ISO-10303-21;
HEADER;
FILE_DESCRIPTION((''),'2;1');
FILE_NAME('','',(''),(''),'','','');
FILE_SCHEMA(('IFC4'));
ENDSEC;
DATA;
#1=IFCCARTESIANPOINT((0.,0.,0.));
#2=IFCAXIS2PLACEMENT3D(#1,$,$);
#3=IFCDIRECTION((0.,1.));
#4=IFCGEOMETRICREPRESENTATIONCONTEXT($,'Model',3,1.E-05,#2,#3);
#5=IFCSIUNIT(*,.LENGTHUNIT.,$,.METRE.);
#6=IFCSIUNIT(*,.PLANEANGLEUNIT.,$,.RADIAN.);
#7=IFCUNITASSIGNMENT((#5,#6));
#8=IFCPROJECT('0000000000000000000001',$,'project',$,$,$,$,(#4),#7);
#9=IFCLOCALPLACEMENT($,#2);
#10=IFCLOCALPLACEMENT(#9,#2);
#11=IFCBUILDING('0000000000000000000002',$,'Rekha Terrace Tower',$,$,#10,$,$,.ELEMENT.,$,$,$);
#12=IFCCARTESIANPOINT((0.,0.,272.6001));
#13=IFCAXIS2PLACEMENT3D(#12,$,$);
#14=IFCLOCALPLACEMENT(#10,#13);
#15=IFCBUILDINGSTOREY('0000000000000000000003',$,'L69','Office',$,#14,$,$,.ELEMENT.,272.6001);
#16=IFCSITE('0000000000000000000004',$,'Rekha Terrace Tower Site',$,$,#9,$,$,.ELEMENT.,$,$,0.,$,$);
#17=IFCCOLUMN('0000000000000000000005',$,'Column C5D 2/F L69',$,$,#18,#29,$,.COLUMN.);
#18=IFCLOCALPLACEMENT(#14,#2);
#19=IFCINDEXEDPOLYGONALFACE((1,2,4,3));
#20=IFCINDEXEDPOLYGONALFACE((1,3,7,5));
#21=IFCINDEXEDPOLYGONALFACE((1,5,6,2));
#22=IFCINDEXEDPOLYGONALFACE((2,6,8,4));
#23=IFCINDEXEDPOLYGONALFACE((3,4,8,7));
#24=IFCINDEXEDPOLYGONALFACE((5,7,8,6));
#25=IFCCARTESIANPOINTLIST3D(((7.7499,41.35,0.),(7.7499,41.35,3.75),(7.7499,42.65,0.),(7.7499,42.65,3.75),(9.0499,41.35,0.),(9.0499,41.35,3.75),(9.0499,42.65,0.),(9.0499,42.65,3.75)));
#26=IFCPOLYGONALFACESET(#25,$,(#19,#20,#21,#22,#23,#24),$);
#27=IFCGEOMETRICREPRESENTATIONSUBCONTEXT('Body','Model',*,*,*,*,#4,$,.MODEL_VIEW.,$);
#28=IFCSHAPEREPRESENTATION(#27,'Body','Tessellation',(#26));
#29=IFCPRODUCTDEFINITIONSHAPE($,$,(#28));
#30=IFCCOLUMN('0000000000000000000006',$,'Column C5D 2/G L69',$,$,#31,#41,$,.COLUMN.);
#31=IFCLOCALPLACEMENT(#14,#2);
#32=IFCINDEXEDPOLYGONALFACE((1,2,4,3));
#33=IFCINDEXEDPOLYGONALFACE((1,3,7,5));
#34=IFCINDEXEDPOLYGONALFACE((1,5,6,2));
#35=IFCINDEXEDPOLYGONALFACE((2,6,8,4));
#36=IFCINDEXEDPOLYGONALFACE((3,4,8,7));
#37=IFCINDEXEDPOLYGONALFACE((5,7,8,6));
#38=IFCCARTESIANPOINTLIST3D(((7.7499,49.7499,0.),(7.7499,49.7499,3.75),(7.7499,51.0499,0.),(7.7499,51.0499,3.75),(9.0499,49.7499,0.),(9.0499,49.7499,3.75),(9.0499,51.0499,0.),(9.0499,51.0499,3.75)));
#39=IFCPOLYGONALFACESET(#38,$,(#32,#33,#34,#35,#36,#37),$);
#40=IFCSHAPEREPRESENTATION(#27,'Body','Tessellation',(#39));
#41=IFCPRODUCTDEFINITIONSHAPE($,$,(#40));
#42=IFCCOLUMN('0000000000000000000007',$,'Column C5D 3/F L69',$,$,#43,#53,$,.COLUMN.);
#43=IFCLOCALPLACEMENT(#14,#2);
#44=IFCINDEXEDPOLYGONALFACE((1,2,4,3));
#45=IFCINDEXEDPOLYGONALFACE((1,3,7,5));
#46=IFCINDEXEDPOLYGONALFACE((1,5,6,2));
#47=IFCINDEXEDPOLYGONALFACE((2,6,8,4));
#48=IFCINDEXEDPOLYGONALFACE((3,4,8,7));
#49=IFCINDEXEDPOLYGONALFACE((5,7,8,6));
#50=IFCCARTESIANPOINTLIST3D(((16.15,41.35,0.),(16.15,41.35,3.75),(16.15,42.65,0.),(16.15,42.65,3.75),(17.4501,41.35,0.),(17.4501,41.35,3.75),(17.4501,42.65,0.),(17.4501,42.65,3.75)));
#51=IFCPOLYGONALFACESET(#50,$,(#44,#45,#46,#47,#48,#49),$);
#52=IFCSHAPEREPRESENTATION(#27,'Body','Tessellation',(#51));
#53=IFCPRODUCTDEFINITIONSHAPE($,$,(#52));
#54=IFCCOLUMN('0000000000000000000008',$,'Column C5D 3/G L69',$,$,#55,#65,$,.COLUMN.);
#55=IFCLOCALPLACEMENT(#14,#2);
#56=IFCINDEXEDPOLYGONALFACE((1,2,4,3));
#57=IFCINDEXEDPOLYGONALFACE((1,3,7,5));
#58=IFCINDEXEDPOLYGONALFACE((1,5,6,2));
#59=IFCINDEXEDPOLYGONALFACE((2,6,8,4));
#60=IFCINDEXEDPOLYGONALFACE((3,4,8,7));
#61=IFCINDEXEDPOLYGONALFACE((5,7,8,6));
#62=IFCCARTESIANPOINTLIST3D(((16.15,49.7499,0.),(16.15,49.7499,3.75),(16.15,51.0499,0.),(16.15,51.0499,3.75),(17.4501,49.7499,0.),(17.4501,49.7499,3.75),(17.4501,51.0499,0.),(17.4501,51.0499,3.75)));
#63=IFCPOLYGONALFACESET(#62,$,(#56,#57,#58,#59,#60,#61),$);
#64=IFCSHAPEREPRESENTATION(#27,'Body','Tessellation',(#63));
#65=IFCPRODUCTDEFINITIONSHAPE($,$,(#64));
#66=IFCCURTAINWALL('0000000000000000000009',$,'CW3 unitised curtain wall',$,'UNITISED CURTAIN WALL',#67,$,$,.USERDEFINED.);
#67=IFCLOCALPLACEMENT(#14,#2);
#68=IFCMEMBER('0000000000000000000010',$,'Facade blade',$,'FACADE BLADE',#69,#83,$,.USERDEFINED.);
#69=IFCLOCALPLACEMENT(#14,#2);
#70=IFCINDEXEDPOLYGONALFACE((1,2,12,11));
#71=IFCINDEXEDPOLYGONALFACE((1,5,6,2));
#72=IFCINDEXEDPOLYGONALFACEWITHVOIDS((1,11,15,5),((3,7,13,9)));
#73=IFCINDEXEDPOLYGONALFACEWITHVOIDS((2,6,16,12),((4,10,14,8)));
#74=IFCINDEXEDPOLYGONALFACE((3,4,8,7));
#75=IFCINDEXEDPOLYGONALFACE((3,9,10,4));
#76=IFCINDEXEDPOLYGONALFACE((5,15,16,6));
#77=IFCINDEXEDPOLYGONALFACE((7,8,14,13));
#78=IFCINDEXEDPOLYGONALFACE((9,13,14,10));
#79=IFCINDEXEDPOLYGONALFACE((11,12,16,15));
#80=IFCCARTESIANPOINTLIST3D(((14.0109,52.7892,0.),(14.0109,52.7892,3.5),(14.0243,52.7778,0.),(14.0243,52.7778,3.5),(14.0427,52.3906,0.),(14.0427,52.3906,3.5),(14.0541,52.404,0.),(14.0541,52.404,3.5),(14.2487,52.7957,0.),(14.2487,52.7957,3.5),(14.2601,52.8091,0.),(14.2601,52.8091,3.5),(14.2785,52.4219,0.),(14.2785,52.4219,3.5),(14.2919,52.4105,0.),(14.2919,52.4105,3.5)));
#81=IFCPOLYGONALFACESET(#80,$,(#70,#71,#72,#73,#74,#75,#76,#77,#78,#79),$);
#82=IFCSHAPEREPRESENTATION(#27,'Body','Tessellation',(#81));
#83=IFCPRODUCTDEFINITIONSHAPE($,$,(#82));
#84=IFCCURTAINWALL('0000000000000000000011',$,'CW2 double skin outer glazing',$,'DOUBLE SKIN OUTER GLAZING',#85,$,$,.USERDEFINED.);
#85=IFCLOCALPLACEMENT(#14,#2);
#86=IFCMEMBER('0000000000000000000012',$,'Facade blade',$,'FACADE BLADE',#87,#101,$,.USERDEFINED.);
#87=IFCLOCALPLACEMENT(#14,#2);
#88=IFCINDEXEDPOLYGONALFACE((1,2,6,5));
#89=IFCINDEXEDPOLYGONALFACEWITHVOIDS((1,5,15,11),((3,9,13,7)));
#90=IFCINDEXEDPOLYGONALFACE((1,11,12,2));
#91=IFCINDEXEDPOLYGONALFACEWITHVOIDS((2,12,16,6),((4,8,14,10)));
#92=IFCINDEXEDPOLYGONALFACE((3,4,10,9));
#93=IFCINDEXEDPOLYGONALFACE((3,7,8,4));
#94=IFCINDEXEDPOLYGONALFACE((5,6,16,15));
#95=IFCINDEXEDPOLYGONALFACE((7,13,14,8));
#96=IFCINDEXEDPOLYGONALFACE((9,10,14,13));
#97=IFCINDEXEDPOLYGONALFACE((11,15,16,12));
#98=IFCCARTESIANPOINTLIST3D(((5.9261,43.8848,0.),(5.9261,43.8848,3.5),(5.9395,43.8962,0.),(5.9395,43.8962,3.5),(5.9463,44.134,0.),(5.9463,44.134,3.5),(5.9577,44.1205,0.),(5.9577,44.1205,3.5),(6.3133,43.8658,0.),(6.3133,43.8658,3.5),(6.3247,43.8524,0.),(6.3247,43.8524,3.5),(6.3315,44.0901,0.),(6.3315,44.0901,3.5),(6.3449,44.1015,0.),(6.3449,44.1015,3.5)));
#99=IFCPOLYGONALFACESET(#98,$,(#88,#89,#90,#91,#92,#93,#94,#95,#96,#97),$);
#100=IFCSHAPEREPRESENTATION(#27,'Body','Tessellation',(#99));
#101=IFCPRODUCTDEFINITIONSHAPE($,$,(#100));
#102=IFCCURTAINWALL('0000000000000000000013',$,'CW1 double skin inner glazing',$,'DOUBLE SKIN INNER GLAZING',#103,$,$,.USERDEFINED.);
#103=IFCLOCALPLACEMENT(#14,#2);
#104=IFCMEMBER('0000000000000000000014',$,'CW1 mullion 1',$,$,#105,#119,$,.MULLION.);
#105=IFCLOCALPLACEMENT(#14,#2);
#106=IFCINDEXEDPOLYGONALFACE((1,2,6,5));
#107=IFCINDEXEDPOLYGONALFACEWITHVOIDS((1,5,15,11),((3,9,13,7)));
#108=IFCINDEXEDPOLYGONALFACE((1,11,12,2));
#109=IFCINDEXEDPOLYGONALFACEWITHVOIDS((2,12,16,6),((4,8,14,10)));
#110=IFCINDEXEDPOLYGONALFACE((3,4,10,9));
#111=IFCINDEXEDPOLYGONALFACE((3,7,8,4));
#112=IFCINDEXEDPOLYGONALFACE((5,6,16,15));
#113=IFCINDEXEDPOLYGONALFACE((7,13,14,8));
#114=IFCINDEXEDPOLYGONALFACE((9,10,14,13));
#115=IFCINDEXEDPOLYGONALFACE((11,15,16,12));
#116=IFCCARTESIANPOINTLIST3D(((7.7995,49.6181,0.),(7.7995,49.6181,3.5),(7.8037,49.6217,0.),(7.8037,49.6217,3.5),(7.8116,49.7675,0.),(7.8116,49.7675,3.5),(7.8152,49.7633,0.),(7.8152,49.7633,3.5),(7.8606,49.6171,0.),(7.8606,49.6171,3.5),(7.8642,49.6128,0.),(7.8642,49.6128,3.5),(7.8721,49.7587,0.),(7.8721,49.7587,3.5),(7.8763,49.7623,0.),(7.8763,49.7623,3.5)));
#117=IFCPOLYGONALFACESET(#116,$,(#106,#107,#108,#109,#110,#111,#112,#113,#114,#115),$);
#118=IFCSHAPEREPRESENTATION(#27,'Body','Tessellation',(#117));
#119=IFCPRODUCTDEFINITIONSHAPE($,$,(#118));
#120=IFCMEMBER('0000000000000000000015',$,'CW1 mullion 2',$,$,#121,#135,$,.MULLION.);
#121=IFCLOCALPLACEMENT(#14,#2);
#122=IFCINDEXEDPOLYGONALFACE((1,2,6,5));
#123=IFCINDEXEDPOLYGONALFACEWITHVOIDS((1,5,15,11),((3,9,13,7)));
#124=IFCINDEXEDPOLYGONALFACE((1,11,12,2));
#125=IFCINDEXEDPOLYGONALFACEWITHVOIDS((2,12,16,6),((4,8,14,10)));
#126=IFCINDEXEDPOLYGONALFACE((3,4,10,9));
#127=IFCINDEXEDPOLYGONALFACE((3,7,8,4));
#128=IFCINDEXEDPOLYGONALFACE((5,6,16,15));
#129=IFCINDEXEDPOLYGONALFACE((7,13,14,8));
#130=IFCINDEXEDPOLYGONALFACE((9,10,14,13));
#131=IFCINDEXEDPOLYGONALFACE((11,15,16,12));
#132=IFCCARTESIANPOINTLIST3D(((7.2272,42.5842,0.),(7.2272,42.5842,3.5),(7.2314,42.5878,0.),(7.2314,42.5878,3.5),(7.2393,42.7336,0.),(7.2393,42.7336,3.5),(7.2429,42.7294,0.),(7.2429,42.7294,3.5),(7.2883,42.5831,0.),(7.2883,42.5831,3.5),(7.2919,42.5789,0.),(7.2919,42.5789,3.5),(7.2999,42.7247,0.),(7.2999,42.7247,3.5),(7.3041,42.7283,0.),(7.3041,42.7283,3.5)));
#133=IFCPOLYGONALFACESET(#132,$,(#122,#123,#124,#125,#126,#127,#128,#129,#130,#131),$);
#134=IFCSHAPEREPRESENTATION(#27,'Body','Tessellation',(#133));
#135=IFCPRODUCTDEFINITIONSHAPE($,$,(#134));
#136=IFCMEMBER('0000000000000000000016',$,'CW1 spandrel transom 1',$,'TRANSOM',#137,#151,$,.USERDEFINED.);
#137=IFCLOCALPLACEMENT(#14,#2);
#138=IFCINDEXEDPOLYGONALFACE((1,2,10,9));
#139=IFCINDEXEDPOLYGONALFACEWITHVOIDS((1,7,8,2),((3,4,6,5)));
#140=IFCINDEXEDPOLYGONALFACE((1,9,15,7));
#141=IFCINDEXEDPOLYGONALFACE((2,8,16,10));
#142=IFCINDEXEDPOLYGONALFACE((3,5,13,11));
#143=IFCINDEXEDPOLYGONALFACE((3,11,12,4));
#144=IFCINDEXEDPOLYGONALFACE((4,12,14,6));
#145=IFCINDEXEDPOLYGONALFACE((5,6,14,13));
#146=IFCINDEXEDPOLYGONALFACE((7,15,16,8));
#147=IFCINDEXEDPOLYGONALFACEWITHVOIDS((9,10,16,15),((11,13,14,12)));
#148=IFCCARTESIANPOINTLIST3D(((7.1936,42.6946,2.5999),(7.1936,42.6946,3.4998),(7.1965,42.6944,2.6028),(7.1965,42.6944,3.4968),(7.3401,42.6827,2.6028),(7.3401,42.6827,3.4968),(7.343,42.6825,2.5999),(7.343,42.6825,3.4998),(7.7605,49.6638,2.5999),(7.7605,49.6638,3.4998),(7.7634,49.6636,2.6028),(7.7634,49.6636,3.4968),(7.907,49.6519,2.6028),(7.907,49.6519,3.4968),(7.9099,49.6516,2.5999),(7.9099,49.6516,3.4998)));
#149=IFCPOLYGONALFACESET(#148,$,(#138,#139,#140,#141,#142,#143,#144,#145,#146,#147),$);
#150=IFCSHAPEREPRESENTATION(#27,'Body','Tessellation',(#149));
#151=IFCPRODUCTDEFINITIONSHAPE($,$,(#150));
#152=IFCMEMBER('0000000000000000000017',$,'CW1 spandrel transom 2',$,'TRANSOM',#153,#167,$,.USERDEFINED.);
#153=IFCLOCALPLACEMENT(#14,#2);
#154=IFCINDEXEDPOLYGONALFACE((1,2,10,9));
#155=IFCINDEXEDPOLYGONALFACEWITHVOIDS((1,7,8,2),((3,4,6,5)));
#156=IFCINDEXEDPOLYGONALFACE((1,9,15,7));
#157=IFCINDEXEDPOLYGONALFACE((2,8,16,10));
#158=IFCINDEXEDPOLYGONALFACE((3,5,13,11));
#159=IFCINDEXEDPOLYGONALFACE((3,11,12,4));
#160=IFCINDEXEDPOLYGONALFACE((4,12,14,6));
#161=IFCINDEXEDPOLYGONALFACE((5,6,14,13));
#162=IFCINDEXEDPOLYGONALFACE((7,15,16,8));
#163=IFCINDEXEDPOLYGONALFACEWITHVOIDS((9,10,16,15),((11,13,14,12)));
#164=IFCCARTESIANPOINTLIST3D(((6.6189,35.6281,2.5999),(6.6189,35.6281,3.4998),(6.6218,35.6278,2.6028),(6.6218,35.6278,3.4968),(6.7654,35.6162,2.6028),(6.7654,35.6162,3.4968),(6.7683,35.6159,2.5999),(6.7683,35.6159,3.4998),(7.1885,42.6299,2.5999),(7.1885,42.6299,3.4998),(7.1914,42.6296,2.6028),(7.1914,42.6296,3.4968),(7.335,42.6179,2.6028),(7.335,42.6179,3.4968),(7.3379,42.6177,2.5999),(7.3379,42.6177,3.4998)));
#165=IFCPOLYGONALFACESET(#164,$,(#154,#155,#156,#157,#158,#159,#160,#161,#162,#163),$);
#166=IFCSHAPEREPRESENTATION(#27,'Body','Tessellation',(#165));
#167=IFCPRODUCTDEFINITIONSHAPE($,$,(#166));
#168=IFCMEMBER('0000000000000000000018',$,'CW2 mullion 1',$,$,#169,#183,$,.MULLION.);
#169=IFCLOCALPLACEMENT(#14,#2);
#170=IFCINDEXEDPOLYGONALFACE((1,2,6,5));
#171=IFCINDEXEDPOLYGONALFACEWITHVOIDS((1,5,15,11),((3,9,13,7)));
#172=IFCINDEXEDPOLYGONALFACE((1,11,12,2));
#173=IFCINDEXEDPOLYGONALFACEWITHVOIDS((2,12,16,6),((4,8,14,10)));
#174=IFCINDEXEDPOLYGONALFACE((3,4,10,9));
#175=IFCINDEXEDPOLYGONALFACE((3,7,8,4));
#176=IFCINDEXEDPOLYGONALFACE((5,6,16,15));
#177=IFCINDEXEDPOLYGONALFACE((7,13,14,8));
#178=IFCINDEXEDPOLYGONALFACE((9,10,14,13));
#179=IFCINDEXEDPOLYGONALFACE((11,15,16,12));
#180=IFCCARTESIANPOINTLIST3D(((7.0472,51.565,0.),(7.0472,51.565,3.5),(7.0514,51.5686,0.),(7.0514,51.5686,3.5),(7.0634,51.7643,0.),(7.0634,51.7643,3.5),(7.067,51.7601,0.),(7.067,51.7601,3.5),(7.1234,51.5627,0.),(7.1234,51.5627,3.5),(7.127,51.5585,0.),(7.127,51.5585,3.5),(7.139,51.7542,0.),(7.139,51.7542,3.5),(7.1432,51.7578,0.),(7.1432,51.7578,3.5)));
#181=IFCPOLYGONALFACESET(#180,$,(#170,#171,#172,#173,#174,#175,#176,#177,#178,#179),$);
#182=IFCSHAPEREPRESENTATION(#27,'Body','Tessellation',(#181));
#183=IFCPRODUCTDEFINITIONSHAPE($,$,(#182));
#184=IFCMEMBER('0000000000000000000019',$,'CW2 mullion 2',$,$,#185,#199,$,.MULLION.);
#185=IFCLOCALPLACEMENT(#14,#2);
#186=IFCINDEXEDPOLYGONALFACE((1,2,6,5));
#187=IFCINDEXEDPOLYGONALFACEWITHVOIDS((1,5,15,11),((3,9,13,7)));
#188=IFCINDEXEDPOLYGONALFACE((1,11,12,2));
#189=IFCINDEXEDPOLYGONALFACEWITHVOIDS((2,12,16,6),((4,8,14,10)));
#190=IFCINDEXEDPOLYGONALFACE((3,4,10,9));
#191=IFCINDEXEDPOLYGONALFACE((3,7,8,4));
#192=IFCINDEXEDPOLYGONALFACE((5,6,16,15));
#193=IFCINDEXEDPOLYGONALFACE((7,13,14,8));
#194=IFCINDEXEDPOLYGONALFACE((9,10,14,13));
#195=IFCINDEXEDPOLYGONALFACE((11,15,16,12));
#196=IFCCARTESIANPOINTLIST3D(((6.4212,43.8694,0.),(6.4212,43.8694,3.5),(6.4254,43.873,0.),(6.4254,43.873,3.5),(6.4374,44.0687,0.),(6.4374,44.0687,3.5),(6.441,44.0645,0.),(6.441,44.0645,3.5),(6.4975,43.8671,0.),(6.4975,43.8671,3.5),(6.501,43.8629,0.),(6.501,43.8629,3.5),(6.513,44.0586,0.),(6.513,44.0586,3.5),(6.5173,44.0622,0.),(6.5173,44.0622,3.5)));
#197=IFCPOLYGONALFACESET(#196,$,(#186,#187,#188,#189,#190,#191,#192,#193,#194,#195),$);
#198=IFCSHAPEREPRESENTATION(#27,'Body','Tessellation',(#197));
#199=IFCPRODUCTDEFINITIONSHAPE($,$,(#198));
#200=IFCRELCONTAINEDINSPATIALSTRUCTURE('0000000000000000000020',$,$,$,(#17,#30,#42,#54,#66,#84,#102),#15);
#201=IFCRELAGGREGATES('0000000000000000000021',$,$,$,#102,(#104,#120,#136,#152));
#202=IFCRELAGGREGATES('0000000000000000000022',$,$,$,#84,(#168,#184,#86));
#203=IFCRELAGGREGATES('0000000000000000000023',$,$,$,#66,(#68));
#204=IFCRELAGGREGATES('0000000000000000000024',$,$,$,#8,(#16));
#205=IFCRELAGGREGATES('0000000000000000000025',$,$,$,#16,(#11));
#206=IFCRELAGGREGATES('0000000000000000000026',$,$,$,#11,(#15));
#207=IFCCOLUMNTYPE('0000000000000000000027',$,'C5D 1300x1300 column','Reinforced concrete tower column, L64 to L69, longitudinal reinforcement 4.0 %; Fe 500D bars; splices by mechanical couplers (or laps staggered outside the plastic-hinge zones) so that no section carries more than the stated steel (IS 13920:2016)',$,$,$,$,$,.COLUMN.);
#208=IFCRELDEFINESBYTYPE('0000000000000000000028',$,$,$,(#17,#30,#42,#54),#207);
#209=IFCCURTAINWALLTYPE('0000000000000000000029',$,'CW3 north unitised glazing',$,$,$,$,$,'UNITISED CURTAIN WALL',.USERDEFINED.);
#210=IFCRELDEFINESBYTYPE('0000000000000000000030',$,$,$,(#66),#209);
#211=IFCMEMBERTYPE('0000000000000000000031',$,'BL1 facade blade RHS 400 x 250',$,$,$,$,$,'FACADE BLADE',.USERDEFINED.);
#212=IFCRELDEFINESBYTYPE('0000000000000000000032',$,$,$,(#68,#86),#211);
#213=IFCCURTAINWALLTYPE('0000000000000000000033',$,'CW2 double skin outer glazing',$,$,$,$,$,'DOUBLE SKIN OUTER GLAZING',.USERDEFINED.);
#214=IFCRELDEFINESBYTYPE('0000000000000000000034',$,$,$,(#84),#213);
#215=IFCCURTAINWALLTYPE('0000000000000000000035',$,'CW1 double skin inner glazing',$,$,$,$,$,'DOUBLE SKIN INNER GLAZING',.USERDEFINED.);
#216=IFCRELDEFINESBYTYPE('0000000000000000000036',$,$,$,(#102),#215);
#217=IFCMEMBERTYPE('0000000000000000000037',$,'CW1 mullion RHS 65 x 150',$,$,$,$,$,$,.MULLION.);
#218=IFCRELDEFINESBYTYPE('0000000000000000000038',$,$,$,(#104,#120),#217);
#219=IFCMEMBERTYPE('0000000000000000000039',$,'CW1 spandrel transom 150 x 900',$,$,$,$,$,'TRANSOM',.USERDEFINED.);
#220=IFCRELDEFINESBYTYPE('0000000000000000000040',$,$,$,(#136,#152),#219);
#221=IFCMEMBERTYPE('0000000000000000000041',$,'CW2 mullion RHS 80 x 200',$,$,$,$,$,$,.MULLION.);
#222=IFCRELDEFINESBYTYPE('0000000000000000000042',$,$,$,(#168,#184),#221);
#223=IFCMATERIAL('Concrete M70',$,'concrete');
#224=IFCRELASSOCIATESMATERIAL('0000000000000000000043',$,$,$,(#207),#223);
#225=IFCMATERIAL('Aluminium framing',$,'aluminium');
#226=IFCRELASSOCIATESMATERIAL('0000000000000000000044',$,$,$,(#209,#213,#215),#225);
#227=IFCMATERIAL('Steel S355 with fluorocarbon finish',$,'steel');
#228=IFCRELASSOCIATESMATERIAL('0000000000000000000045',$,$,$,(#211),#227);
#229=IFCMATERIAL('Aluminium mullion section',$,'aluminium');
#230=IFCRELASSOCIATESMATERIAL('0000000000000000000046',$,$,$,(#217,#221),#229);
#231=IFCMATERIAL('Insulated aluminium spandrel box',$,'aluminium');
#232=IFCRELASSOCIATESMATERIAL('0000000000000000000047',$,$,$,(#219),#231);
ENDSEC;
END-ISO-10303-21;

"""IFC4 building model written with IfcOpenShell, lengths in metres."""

from ifc_helpers import new_model, si_unit, direction, frame, origin, origin_2d, place, context, subcontext, project, spatial, rectangle, hollow_rectangle, extrude, material, material_profile, profile_set, type_object, element, aggregate, save


model = new_model("IFC4")

# Units and contexts
model_context = context("Model", 3, precision=1e-05, world=origin(), true_north=direction((0.0, 1.0)))
body_context = subcontext(model_context, "Body", "Model", "MODEL_VIEW")
ifc_project = project(units=[si_unit("LENGTHUNIT", "METRE"), si_unit("PLANEANGLEUNIT", "RADIAN")], contexts=[model_context])

# Site, building, storey
site_placement = place(None, origin())
site = spatial("IfcSite", under=ifc_project, at=site_placement, Name="Rekha Terrace Tower Site", CompositionType="ELEMENT", RefElevation=0.0)
building_placement = place(site_placement, origin())
building = spatial("IfcBuilding", under=site, at=building_placement, Name="Rekha Terrace Tower", CompositionType="ELEMENT")
storey_placement = place(building_placement, frame((0.0, 0.0, 272.6001)))
storey = spatial("IfcBuildingStorey", under=building, at=storey_placement, Name="L69", Description="Office", CompositionType="ELEMENT", Elevation=272.6001)

# Columns
ifc_material_1 = material(Name="Concrete M70", Category="concrete")
ifc_material_profile_1 = material_profile(ifc_material_1, rectangle(XDim=1.3, YDim=1.3, at=origin_2d()), Name="RC 1300x1300")
ifc_profile_set_1 = profile_set([ifc_material_profile_1], Name="Concrete M70")
column_type = type_object("IfcColumnType", Name="C5D 1300x1300 column", Description="Reinforced concrete tower column, L64 to L69, longitudinal reinforcement 4.0 %; Fe 500D bars; splices by mechanical couplers (or laps staggered outside the plastic-hinge zones) so that no section carries more than the stated steel (IS 13920:2016)", PredefinedType="COLUMN", material=ifc_profile_set_1)
for number, where, z_axis, x_axis, name in (
    (1, (8.3999, 42.0, 0.0), (0.0, 0.0, 1.0), (1.0, 0.0, 0.0), "Column C5D 2/F L69"),
    (2, (8.3999, 50.3999, 0.0), (0.0, 0.0, 1.0), (1.0, 0.0, 0.0), "Column C5D 2/G L69"),
    (3, (16.8, 42.0, 0.0), (0.0, 0.0, 1.0), (1.0, 0.0, 0.0), "Column C5D 3/F L69"),
    (4, (16.8, 50.3999, 0.0), (0.0, 0.0, 1.0), (1.0, 0.0, 0.0), "Column C5D 3/G L69"),
):
    element("IfcColumn", number, at=place(storey_placement, frame(where, z_axis=z_axis, x_axis=x_axis)), inside=storey, type_object=column_type, Name=name, PredefinedType="COLUMN", context=body_context, shape_type="SweptSolid", body=[
        extrude(rectangle(XDim=1.3, YDim=1.3, at=origin_2d()), origin(), (0.0, 0.0, 1.0), 3.75),
    ])

# Curtain walls, members
ifc_material_2 = material(Name="Aluminium framing", Category="aluminium")
curtain_wall_type_1 = type_object("IfcCurtainWallType", Name="CW3 north unitised glazing", ElementType="UNITISED CURTAIN WALL", PredefinedType="USERDEFINED", material=ifc_material_2)
curtain_wall_1_placement = place(storey_placement, origin())
curtain_wall_1 = element("IfcCurtainWall", 5, at=curtain_wall_1_placement, inside=storey, type_object=curtain_wall_type_1, Name="CW3 unitised curtain wall", ObjectType="UNITISED CURTAIN WALL", PredefinedType="USERDEFINED")
ifc_material_3 = material(Name="Steel S355 with fluorocarbon finish", Category="steel")
ifc_material_profile_2 = material_profile(ifc_material_3, hollow_rectangle(XDim=0.25, YDim=0.3999, WallThickness=0.0125, at=origin_2d()), Name="RHS400x250x12.5")
ifc_profile_set_2 = profile_set([ifc_material_profile_2], Name="Steel S355 with fluorocarbon finish")
member_type_1 = type_object("IfcMemberType", Name="BL1 facade blade RHS 400 x 250", ElementType="FACADE BLADE", PredefinedType="USERDEFINED", material=ifc_profile_set_2)
member_1_placement = place(storey_placement, frame((14.1514, 52.5999, 0.0), z_axis=(0.0, 0.0, 1.0), x_axis=(-0.996836, -0.079486, 0.0)))
member_1 = element("IfcMember", 6, at=member_1_placement, type_object=member_type_1, Name="Facade blade", ObjectType="FACADE BLADE", PredefinedType="USERDEFINED", context=body_context, shape_type="SweptSolid", body=[
    extrude(hollow_rectangle(XDim=0.25, YDim=0.3999, WallThickness=0.0125, at=origin_2d()), origin(), (0.0, 0.0, 1.0), 3.5),
])
curtain_wall_type_2 = type_object("IfcCurtainWallType", Name="CW2 double skin outer glazing", ElementType="DOUBLE SKIN OUTER GLAZING", PredefinedType="USERDEFINED", material=ifc_material_2)
curtain_wall_2_placement = place(storey_placement, origin())
curtain_wall_2 = element("IfcCurtainWall", 7, at=curtain_wall_2_placement, inside=storey, type_object=curtain_wall_type_2, Name="CW2 double skin outer glazing", ObjectType="DOUBLE SKIN OUTER GLAZING", PredefinedType="USERDEFINED")
member_2_placement = place(storey_placement, frame((6.1355, 43.9932, 0.0), z_axis=(0.0, 0.0, 1.0), x_axis=(-0.081069, -0.996709, 0.0)))
member_2 = element("IfcMember", 8, at=member_2_placement, type_object=member_type_1, Name="Facade blade", ObjectType="FACADE BLADE", PredefinedType="USERDEFINED", context=body_context, shape_type="SweptSolid", body=[
    extrude(hollow_rectangle(XDim=0.25, YDim=0.3999, WallThickness=0.0125, at=origin_2d()), origin(), (0.0, 0.0, 1.0), 3.5),
])

# Curtain wall, members
curtain_wall_type_3 = type_object("IfcCurtainWallType", Name="CW1 double skin inner glazing", ElementType="DOUBLE SKIN INNER GLAZING", PredefinedType="USERDEFINED", material=ifc_material_2)
curtain_wall_3_placement = place(storey_placement, origin())
curtain_wall_3 = element("IfcCurtainWall", 9, at=curtain_wall_3_placement, inside=storey, type_object=curtain_wall_type_3, Name="CW1 double skin inner glazing", ObjectType="DOUBLE SKIN INNER GLAZING", PredefinedType="USERDEFINED")
ifc_material_4 = material(Name="Aluminium mullion section", Category="aluminium")
ifc_material_profile_3 = material_profile(ifc_material_4, hollow_rectangle(XDim=0.0649, YDim=0.1499, WallThickness=0.0039, at=origin_2d()), Name="AL RHS 65x150")
ifc_profile_set_3 = profile_set([ifc_material_profile_3], Name="Aluminium mullion section")
member_type_2 = type_object("IfcMemberType", Name="CW1 mullion RHS 65 x 150", PredefinedType="MULLION", material=ifc_profile_set_3)
member_3_placement = place(storey_placement, frame((7.8379, 49.6902, 0.0), z_axis=(0.0, 0.0, 1.0), x_axis=(0.996709, -0.081068, 0.0)))
member_3 = element("IfcMember", 10, at=member_3_placement, type_object=member_type_2, Name="CW1 mullion 1", PredefinedType="MULLION", context=body_context, shape_type="SweptSolid", body=[
    extrude(hollow_rectangle(XDim=0.0649, YDim=0.1499, WallThickness=0.0039, at=origin_2d()), origin(), (0.0, 0.0, 1.0), 3.5),
])
member_4_placement = place(storey_placement, frame((7.2656, 42.6562, 0.0), z_axis=(0.0, 0.0, 1.0), x_axis=(0.996709, -0.081068, 0.0)))
member_4 = element("IfcMember", 11, at=member_4_placement, type_object=member_type_2, Name="CW1 mullion 2", PredefinedType="MULLION", context=body_context, shape_type="SweptSolid", body=[
    extrude(hollow_rectangle(XDim=0.0649, YDim=0.1499, WallThickness=0.0039, at=origin_2d()), origin(), (0.0, 0.0, 1.0), 3.5),
])
ifc_material_5 = material(Name="Insulated aluminium spandrel box", Category="aluminium")
ifc_material_profile_4 = material_profile(ifc_material_5, hollow_rectangle(XDim=0.1499, YDim=0.8999, WallThickness=0.0029, at=origin_2d()), Name="AL SPANDREL BOX 150x900")
ifc_profile_set_4 = profile_set([ifc_material_profile_4], Name="Insulated aluminium spandrel box")
member_type_3 = type_object("IfcMemberType", Name="CW1 spandrel transom 150 x 900", ElementType="TRANSOM", PredefinedType="USERDEFINED", material=ifc_profile_set_4)
member_5_placement = place(storey_placement, frame((7.8352, 49.6577, 3.0498), z_axis=(-0.081075, -0.996708, 0.0), x_axis=(0.996708, -0.081075, 0.0)))
member_5 = element("IfcMember", 12, at=member_5_placement, type_object=member_type_3, Name="CW1 spandrel transom 1", ObjectType="TRANSOM", PredefinedType="USERDEFINED", context=body_context, shape_type="SweptSolid", body=[
    extrude(hollow_rectangle(XDim=0.1499, YDim=0.8999, WallThickness=0.0029, at=origin_2d()), origin(), (0.0, 0.0, 1.0), 6.9922),
])
member_6_placement = place(storey_placement, frame((7.2632, 42.6238, 3.0498), z_axis=(-0.081081, -0.996708, 0.0), x_axis=(0.996708, -0.081081, 0.0)))
member_6 = element("IfcMember", 13, at=member_6_placement, type_object=member_type_3, Name="CW1 spandrel transom 2", ObjectType="TRANSOM", PredefinedType="USERDEFINED", context=body_context, shape_type="SweptSolid", body=[
    extrude(hollow_rectangle(XDim=0.1499, YDim=0.8999, WallThickness=0.0029, at=origin_2d()), origin(), (0.0, 0.0, 1.0), 7.0249),
])

# Members
ifc_material_profile_5 = material_profile(ifc_material_4, hollow_rectangle(XDim=0.0801, YDim=0.2, WallThickness=0.0039, at=origin_2d()), Name="AL RHS 80x200")
ifc_profile_set_5 = profile_set([ifc_material_profile_5], Name="Aluminium mullion section")
member_type_4 = type_object("IfcMemberType", Name="CW2 mullion RHS 80 x 200", PredefinedType="MULLION", material=ifc_profile_set_5)
member_7_placement = place(storey_placement, frame((7.0952, 51.6614, 0.0), z_axis=(0.0, 0.0, 1.0), x_axis=(0.996709, -0.081068, 0.0)))
member_7 = element("IfcMember", 14, at=member_7_placement, type_object=member_type_4, Name="CW2 mullion 1", PredefinedType="MULLION", context=body_context, shape_type="SweptSolid", body=[
    extrude(hollow_rectangle(XDim=0.0801, YDim=0.2, WallThickness=0.0039, at=origin_2d()), origin(), (0.0, 0.0, 1.0), 3.5),
])
member_8_placement = place(storey_placement, frame((6.4692, 43.9658, 0.0), z_axis=(0.0, 0.0, 1.0), x_axis=(0.996709, -0.081068, 0.0)))
member_8 = element("IfcMember", 15, at=member_8_placement, type_object=member_type_4, Name="CW2 mullion 2", PredefinedType="MULLION", context=body_context, shape_type="SweptSolid", body=[
    extrude(hollow_rectangle(XDim=0.0801, YDim=0.2, WallThickness=0.0039, at=origin_2d()), origin(), (0.0, 0.0, 1.0), 3.5),
])

aggregate(curtain_wall_3, [member_3, member_4, member_5, member_6])
aggregate(curtain_wall_2, [member_7, member_8, member_2])
aggregate(curtain_wall_1, [member_1])

save(model, "model.ifc")
